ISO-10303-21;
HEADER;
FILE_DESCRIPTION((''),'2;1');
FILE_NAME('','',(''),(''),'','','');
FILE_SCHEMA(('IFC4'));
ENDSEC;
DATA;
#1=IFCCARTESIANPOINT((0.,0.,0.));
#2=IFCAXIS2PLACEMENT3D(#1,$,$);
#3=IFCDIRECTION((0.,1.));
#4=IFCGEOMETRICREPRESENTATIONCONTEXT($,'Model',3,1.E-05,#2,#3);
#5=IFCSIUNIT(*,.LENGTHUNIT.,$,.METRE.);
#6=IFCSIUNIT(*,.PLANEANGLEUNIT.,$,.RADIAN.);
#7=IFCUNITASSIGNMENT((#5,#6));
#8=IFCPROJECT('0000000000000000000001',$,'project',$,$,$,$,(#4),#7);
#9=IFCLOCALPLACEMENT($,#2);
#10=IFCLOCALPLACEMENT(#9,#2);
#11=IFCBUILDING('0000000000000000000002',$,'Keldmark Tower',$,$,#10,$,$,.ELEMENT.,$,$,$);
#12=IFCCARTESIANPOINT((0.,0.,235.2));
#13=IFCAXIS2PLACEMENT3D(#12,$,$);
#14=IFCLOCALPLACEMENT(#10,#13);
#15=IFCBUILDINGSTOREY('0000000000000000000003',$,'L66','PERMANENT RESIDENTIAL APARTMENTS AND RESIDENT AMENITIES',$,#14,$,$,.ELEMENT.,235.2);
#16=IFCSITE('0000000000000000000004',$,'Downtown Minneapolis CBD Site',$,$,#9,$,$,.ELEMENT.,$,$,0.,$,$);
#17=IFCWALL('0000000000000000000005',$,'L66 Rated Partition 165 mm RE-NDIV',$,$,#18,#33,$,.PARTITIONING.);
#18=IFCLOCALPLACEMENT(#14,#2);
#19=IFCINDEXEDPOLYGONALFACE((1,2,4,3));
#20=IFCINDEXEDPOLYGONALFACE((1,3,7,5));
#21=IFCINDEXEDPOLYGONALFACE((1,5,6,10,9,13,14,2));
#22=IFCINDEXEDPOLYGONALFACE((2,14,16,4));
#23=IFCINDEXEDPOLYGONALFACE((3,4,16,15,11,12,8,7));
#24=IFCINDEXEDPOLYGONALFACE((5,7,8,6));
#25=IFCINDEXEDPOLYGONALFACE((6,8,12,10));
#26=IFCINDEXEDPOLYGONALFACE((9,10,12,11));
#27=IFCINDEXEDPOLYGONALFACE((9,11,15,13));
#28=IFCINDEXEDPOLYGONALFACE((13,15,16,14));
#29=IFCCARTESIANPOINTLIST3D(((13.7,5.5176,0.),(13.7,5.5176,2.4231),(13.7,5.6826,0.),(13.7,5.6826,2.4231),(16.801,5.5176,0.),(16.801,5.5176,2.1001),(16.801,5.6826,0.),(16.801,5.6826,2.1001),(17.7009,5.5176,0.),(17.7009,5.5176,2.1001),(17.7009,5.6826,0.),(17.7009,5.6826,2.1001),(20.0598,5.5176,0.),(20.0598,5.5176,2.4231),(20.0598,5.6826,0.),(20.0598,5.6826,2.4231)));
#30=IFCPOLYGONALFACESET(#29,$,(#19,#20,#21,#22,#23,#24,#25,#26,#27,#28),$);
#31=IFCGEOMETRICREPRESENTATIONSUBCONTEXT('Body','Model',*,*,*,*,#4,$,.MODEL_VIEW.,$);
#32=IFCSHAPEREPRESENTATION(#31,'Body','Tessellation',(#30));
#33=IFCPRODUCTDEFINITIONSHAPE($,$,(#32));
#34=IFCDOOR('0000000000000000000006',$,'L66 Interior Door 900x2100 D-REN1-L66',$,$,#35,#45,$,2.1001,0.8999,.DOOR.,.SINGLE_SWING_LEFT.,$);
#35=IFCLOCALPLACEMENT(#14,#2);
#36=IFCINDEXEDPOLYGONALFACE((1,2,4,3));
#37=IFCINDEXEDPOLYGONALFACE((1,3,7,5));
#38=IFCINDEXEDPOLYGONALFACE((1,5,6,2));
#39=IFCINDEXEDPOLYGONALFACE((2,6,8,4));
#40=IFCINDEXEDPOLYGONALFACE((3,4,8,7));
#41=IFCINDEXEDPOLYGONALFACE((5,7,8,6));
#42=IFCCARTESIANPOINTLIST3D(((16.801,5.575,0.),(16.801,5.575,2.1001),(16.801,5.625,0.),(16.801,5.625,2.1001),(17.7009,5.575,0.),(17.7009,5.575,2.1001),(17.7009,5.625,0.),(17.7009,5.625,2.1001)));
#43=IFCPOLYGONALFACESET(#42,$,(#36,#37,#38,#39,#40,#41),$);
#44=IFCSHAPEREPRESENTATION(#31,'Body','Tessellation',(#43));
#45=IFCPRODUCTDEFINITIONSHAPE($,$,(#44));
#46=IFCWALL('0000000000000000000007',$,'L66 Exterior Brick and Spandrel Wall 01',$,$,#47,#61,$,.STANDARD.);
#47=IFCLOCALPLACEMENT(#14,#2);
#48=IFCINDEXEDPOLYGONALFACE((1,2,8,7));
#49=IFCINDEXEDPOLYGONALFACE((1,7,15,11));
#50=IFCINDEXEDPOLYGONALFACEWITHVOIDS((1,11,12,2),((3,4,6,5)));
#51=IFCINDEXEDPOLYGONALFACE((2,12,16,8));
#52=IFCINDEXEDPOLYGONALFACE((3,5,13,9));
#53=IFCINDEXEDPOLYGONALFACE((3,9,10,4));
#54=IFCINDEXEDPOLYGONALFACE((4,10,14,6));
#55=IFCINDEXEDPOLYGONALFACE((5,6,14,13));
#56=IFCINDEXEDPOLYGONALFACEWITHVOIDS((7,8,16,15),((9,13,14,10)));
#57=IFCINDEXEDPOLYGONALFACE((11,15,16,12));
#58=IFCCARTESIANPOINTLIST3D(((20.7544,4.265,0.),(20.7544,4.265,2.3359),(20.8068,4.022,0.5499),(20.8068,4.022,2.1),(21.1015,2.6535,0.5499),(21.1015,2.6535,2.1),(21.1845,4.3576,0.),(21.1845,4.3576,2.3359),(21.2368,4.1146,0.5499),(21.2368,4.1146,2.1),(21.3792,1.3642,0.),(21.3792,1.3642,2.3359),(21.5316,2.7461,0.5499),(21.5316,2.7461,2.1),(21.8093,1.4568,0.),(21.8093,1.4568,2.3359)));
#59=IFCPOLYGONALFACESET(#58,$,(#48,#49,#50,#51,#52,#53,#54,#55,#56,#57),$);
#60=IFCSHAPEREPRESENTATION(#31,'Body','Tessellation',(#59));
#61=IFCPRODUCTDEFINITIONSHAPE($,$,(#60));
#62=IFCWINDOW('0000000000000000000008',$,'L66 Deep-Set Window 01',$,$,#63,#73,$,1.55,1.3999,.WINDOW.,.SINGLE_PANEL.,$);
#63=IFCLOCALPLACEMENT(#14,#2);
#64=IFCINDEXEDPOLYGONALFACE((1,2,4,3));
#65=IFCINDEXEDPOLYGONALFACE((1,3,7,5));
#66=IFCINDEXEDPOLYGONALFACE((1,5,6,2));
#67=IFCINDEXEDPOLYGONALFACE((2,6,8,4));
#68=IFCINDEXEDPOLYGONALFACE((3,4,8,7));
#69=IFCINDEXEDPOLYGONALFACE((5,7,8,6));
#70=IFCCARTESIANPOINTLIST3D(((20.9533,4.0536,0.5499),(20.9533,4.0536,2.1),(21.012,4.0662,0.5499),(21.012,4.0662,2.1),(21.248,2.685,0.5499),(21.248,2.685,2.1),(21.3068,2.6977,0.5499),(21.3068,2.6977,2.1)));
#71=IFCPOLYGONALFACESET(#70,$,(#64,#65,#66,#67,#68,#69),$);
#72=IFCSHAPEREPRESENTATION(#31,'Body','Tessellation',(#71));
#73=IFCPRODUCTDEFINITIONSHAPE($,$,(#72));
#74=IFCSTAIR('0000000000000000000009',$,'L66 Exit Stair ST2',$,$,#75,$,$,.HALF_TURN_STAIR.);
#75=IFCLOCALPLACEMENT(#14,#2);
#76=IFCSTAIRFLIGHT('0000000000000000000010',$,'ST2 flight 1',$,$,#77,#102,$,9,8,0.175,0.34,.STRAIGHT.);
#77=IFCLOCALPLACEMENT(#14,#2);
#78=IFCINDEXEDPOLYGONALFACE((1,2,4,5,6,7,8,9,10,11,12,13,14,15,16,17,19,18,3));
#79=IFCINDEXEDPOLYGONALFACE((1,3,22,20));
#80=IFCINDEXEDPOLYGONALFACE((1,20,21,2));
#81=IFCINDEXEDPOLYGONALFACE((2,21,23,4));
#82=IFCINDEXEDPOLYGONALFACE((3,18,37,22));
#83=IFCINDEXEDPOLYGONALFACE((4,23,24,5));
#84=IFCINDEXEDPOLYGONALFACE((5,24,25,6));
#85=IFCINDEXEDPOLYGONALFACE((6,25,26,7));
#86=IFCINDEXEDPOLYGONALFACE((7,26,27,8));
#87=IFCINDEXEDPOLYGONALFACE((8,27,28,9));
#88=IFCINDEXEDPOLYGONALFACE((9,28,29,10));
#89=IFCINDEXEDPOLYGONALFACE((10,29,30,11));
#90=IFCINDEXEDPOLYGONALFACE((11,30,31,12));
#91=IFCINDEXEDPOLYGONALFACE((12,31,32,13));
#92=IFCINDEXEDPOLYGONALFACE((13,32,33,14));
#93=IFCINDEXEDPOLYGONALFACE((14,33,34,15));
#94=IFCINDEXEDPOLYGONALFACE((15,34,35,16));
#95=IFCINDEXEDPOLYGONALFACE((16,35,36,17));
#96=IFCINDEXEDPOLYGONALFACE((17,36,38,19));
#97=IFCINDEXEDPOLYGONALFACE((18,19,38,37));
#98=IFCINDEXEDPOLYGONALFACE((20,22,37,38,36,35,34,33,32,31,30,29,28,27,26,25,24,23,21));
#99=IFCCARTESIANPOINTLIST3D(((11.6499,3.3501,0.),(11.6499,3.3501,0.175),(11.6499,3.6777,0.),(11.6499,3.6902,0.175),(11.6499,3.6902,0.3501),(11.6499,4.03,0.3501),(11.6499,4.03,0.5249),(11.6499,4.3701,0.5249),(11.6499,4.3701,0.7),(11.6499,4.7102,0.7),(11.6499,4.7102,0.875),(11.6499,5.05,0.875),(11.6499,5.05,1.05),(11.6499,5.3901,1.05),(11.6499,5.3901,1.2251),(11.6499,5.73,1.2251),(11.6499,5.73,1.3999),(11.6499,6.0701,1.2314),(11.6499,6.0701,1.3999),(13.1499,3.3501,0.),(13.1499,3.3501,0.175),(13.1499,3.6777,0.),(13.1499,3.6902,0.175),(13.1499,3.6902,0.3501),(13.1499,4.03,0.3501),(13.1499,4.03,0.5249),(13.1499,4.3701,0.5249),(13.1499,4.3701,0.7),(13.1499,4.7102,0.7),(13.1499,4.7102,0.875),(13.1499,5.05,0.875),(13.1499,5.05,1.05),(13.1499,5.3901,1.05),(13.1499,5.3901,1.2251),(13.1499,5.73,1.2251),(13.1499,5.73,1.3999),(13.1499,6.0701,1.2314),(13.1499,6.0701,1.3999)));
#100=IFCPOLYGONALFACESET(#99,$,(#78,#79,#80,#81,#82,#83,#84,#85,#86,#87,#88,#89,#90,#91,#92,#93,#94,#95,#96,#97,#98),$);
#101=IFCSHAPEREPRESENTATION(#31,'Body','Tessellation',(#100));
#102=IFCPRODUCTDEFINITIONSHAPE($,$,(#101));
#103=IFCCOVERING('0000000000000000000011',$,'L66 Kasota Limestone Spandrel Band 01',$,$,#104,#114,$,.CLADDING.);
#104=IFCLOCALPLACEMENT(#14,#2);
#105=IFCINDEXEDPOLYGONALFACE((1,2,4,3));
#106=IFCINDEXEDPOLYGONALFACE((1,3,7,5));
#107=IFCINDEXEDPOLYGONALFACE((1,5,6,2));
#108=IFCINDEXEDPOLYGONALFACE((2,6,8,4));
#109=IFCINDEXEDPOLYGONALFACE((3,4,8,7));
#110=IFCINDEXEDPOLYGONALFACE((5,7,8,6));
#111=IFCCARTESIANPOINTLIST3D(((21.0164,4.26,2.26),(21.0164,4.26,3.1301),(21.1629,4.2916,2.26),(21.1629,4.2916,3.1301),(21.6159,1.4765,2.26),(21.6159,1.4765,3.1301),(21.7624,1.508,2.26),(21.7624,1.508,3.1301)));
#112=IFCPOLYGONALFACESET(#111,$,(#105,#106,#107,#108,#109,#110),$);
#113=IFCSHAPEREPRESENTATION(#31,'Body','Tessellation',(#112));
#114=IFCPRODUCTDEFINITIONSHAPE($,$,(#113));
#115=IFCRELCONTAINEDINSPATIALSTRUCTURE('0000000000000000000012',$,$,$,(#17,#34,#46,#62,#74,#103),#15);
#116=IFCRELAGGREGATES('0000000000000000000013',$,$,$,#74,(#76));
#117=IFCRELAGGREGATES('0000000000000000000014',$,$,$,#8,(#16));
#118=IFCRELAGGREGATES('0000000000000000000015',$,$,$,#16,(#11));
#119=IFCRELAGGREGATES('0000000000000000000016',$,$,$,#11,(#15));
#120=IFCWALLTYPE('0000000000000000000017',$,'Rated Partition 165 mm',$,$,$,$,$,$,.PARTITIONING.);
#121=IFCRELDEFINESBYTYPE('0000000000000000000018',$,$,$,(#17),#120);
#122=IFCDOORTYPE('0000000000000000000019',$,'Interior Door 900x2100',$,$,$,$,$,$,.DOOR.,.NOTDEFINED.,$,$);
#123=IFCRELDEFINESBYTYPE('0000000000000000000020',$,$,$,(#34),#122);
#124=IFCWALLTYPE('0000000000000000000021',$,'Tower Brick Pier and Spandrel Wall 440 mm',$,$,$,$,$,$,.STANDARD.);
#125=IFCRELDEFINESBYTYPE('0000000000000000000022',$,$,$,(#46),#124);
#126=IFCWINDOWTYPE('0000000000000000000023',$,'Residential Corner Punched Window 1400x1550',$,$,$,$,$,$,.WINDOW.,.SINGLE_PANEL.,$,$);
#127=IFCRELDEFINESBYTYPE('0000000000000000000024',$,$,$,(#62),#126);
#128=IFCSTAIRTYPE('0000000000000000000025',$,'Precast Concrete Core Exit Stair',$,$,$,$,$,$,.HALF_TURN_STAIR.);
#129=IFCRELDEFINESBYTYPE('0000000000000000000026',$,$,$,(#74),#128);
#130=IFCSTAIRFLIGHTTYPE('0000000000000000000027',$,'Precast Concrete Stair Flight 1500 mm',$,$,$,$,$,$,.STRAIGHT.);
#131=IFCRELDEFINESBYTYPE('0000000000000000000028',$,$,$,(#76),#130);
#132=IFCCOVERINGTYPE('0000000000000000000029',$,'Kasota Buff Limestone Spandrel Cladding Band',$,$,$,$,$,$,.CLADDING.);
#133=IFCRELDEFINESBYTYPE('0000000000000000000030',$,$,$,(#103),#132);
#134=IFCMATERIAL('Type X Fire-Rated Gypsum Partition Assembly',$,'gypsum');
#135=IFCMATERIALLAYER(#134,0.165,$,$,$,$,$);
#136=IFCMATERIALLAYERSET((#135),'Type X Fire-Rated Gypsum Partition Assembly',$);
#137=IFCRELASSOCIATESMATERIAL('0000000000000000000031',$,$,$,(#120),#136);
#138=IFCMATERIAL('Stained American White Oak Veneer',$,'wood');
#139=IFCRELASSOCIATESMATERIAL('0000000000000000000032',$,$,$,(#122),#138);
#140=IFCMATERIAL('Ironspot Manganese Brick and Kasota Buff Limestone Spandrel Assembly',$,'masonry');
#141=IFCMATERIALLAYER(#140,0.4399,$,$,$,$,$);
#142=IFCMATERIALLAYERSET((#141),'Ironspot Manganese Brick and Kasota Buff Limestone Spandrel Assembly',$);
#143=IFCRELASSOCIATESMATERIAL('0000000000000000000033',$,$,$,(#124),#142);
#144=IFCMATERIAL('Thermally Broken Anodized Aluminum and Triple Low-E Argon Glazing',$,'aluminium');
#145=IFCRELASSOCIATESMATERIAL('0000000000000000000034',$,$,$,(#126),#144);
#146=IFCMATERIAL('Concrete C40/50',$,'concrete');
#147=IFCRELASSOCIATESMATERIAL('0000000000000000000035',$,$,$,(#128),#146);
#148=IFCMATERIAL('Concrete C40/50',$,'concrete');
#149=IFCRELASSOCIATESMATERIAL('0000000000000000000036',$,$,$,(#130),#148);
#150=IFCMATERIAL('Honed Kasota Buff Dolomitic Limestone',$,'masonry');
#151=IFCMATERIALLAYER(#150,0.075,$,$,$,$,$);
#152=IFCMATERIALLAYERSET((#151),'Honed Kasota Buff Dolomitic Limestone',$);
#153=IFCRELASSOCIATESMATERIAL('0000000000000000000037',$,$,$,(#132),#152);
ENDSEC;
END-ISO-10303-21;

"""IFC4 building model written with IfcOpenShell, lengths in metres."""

from ifc_helpers import new_model, si_unit, direction, frame, frame_2d, origin, origin_2d, place, context, subcontext, project, spatial, polyline, rectangle, outline, extrude, material, layer, layer_set, type_object, element, fill, aggregate, save


model = new_model("IFC4")

# Units and contexts
model_context = context("Model", 3, precision=1e-05, world=origin(), true_north=direction((0.0, 1.0)))
body_context = subcontext(model_context, "Body", "Model", "MODEL_VIEW")
ifc_project = project(units=[si_unit("LENGTHUNIT", "METRE"), si_unit("PLANEANGLEUNIT", "RADIAN")], contexts=[model_context])

# Site, building, storey
site_placement = place(None, origin())
site = spatial("IfcSite", under=ifc_project, at=site_placement, Name="Downtown Minneapolis CBD Site", CompositionType="ELEMENT", RefElevation=0.0)
building_placement = place(site_placement, origin())
building = spatial("IfcBuilding", under=site, at=building_placement, Name="Keldmark Tower", CompositionType="ELEMENT")
storey_placement = place(building_placement, frame((0.0, 0.0, 235.2)))
storey = spatial("IfcBuildingStorey", under=building, at=storey_placement, Name="L66", Description="PERMANENT RESIDENTIAL APARTMENTS AND RESIDENT AMENITIES", CompositionType="ELEMENT", Elevation=235.2)

# Wall, opening, door
ifc_material_1 = material(Name="Type X Fire-Rated Gypsum Partition Assembly", Category="gypsum")
ifc_layer_1 = layer(ifc_material_1, 0.165)
ifc_layer_set_1 = layer_set([ifc_layer_1], Name="Type X Fire-Rated Gypsum Partition Assembly")
wall_type_1 = type_object("IfcWallType", Name="Rated Partition 165 mm", PredefinedType="PARTITIONING", material=ifc_layer_set_1)
wall_1_placement = place(storey_placement, frame((13.7, 5.6001, 0.0), z_axis=(0.0, 0.0, 1.0), x_axis=(1.0, 0.0, 0.0)))
wall_1 = element("IfcWall", 1, at=wall_1_placement, inside=storey, type_object=wall_type_1, Name="L66 Rated Partition 165 mm RE-NDIV", PredefinedType="PARTITIONING", context=body_context, shape_type="SweptSolid", body=[
    extrude(rectangle(XDim=6.3599, YDim=0.165, at=frame_2d((3.1799, 0.0))), origin(), (0.0, 0.0, 1.0), 2.4231),
])
opening_1_placement = place(wall_1_placement, frame((3.1011, 0.0, 0.0)))
opening_1 = element("IfcOpeningElement", 2, at=opening_1_placement, cuts=wall_1, PredefinedType="OPENING", context=body_context, shape_type="SweptSolid", body=[
    extrude(rectangle(XDim=0.8999, YDim=2.1001, at=frame_2d((0.45, 1.05))), frame((0.0, 0.0925, 0.0), z_axis=(0.0, -1.0, 0.0), x_axis=(1.0, 0.0, 0.0)), (0.0, 0.0, 1.0), 0.1851),
])
ifc_material_2 = material(Name="Stained American White Oak Veneer", Category="wood")
door_type_1 = type_object("IfcDoorType", Name="Interior Door 900x2100", OperationType="NOTDEFINED", PredefinedType="DOOR", material=ifc_material_2)
door_1_placement = place(opening_1_placement, origin())
door_1 = element("IfcDoor", 3, at=door_1_placement, inside=storey, type_object=door_type_1, Name="L66 Interior Door 900x2100 D-REN1-L66", OperationType="SINGLE_SWING_LEFT", OverallHeight=2.1001, OverallWidth=0.8999, PredefinedType="DOOR", context=body_context, shape_type="SweptSolid", body=[
    extrude(rectangle(XDim=0.8999, YDim=2.1001, at=frame_2d((0.45, 1.05))), frame((0.0, 0.0249, 0.0), z_axis=(0.0, -1.0, 0.0), x_axis=(1.0, 0.0, 0.0)), (0.0, 0.0, 1.0), 0.05),
])
fill(opening_1, door_1)

# Wall, opening, window
ifc_material_3 = material(Name="Ironspot Manganese Brick and Kasota Buff Limestone Spandrel Assembly", Category="masonry")
ifc_layer_2 = layer(ifc_material_3, 0.4399)
ifc_layer_set_2 = layer_set([ifc_layer_2], Name="Ironspot Manganese Brick and Kasota Buff Limestone Spandrel Assembly")
wall_type_2 = type_object("IfcWallType", Name="Tower Brick Pier and Spandrel Wall 440 mm", PredefinedType="STANDARD", material=ifc_layer_set_2)
wall_2_placement = place(storey_placement, frame((20.9695, 4.3113, 0.0), z_axis=(0.0, 0.0, 1.0), x_axis=(0.21054, -0.977585, 0.0)))
wall_2 = element("IfcWall", 4, at=wall_2_placement, inside=storey, type_object=wall_type_2, Name="L66 Exterior Brick and Spandrel Wall 01", PredefinedType="STANDARD", context=body_context, shape_type="SweptSolid", body=[
    extrude(rectangle(XDim=2.9673, YDim=0.4399, at=frame_2d((1.4836, 0.0))), origin(), (0.0, 0.0, 1.0), 2.3359),
])
opening_2_placement = place(wall_2_placement, frame((0.2485, 0.0, 0.55)))
opening_2 = element("IfcOpeningElement", 5, at=opening_2_placement, cuts=wall_2, PredefinedType="OPENING", context=body_context, shape_type="SweptSolid", body=[
    extrude(rectangle(XDim=1.3999, YDim=1.55, at=frame_2d((0.7, 0.7749))), frame((0.0, 0.23, 0.0), z_axis=(0.0, -1.0, 0.0), x_axis=(1.0, 0.0, 0.0)), (0.0, 0.0, 1.0), 0.46),
])
ifc_material_4 = material(Name="Thermally Broken Anodized Aluminum and Triple Low-E Argon Glazing", Category="aluminium")
window_type = type_object("IfcWindowType", Name="Residential Corner Punched Window 1400x1550", PartitioningType="SINGLE_PANEL", PredefinedType="WINDOW", material=ifc_material_4)
window_placement = place(opening_2_placement, origin())
window = element("IfcWindow", 6, at=window_placement, inside=storey, type_object=window_type, Name="L66 Deep-Set Window 01", OverallHeight=1.55, OverallWidth=1.3999, PartitioningType="SINGLE_PANEL", PredefinedType="WINDOW", context=body_context, shape_type="SweptSolid", body=[
    extrude(rectangle(XDim=1.3999, YDim=1.55, at=frame_2d((0.7, 0.7749))), frame((0.0, -0.01, 0.0), z_axis=(0.0, -1.0, 0.0), x_axis=(1.0, 0.0, 0.0)), (0.0, 0.0, 1.0), 0.0601),
])
fill(opening_2, window)

# Stair, stair flight
ifc_material_5 = material(Name="Concrete C40/50", Category="concrete")
stair_type = type_object("IfcStairType", Name="Precast Concrete Core Exit Stair", PredefinedType="HALF_TURN_STAIR", material=ifc_material_5)
stair_placement = place(storey_placement, origin())
stair = element("IfcStair", 7, at=stair_placement, inside=storey, type_object=stair_type, Name="L66 Exit Stair ST2", PredefinedType="HALF_TURN_STAIR")
ifc_material_6 = material(Name="Concrete C40/50", Category="concrete")
stair_flight_type = type_object("IfcStairFlightType", Name="Precast Concrete Stair Flight 1500 mm", PredefinedType="STRAIGHT", material=ifc_material_6)
stair_flight_placement = place(storey_placement, frame((12.3999, 3.3501, 0.0), z_axis=(0.0, 0.0, 1.0), x_axis=(0.0, 1.0, 0.0)))
stair_flight = element("IfcStairFlight", 8, at=stair_flight_placement, type_object=stair_flight_type, Name="ST2 flight 1", NumberOfRisers=9, NumberOfTreads=8, PredefinedType="STRAIGHT", RiserHeight=0.175, TreadLength=0.34, context=body_context, shape_type="SweptSolid", body=[
    extrude(outline(polyline([(0.0, 0.0), (0.0, 0.175), (0.3401, 0.175), (0.3401, 0.3501), (0.6799, 0.3501), (0.6799, 0.5249), (1.02, 0.5249), (1.02, 0.7), (1.3601, 0.7), (1.3601, 0.875), (1.7, 0.875), (1.7, 1.05), (2.04, 1.05), (2.04, 1.2251), (2.3799, 1.2251), (2.3799, 1.3999), (2.72, 1.3999), (2.72, 1.575), (2.72, 1.2314), (0.3276, 0.0), (0.0, 0.0)])), frame((0.0, 0.75, 0.0), z_axis=(0.0, -1.0, 0.0), x_axis=(1.0, 0.0, 0.0)), (0.0, 0.0, 1.0), 1.5),
])
aggregate(stair, [stair_flight])

# Covering
ifc_material_7 = material(Name="Honed Kasota Buff Dolomitic Limestone", Category="masonry")
ifc_layer_3 = layer(ifc_material_7, 0.075)
ifc_layer_set_3 = layer_set([ifc_layer_3], Name="Honed Kasota Buff Dolomitic Limestone")
covering_type = type_object("IfcCoveringType", Name="Kasota Buff Limestone Spandrel Cladding Band", PredefinedType="CLADDING", material=ifc_layer_set_3)
covering_placement = place(storey_placement, frame((21.3894, 2.884, 2.26), z_axis=(0.0, 0.0, 1.0), x_axis=(-0.21054, 0.977585, 0.0)))
element("IfcCovering", 9, at=covering_placement, inside=storey, type_object=covering_type, Name="L66 Kasota Limestone Spandrel Band 01", PredefinedType="CLADDING", context=body_context, shape_type="SweptSolid", body=[
    extrude(rectangle(XDim=2.8474, YDim=0.1499, at=origin_2d()), origin(), (0.0, 0.0, 1.0), 0.8701),
])

save(model, "model.ifc")
